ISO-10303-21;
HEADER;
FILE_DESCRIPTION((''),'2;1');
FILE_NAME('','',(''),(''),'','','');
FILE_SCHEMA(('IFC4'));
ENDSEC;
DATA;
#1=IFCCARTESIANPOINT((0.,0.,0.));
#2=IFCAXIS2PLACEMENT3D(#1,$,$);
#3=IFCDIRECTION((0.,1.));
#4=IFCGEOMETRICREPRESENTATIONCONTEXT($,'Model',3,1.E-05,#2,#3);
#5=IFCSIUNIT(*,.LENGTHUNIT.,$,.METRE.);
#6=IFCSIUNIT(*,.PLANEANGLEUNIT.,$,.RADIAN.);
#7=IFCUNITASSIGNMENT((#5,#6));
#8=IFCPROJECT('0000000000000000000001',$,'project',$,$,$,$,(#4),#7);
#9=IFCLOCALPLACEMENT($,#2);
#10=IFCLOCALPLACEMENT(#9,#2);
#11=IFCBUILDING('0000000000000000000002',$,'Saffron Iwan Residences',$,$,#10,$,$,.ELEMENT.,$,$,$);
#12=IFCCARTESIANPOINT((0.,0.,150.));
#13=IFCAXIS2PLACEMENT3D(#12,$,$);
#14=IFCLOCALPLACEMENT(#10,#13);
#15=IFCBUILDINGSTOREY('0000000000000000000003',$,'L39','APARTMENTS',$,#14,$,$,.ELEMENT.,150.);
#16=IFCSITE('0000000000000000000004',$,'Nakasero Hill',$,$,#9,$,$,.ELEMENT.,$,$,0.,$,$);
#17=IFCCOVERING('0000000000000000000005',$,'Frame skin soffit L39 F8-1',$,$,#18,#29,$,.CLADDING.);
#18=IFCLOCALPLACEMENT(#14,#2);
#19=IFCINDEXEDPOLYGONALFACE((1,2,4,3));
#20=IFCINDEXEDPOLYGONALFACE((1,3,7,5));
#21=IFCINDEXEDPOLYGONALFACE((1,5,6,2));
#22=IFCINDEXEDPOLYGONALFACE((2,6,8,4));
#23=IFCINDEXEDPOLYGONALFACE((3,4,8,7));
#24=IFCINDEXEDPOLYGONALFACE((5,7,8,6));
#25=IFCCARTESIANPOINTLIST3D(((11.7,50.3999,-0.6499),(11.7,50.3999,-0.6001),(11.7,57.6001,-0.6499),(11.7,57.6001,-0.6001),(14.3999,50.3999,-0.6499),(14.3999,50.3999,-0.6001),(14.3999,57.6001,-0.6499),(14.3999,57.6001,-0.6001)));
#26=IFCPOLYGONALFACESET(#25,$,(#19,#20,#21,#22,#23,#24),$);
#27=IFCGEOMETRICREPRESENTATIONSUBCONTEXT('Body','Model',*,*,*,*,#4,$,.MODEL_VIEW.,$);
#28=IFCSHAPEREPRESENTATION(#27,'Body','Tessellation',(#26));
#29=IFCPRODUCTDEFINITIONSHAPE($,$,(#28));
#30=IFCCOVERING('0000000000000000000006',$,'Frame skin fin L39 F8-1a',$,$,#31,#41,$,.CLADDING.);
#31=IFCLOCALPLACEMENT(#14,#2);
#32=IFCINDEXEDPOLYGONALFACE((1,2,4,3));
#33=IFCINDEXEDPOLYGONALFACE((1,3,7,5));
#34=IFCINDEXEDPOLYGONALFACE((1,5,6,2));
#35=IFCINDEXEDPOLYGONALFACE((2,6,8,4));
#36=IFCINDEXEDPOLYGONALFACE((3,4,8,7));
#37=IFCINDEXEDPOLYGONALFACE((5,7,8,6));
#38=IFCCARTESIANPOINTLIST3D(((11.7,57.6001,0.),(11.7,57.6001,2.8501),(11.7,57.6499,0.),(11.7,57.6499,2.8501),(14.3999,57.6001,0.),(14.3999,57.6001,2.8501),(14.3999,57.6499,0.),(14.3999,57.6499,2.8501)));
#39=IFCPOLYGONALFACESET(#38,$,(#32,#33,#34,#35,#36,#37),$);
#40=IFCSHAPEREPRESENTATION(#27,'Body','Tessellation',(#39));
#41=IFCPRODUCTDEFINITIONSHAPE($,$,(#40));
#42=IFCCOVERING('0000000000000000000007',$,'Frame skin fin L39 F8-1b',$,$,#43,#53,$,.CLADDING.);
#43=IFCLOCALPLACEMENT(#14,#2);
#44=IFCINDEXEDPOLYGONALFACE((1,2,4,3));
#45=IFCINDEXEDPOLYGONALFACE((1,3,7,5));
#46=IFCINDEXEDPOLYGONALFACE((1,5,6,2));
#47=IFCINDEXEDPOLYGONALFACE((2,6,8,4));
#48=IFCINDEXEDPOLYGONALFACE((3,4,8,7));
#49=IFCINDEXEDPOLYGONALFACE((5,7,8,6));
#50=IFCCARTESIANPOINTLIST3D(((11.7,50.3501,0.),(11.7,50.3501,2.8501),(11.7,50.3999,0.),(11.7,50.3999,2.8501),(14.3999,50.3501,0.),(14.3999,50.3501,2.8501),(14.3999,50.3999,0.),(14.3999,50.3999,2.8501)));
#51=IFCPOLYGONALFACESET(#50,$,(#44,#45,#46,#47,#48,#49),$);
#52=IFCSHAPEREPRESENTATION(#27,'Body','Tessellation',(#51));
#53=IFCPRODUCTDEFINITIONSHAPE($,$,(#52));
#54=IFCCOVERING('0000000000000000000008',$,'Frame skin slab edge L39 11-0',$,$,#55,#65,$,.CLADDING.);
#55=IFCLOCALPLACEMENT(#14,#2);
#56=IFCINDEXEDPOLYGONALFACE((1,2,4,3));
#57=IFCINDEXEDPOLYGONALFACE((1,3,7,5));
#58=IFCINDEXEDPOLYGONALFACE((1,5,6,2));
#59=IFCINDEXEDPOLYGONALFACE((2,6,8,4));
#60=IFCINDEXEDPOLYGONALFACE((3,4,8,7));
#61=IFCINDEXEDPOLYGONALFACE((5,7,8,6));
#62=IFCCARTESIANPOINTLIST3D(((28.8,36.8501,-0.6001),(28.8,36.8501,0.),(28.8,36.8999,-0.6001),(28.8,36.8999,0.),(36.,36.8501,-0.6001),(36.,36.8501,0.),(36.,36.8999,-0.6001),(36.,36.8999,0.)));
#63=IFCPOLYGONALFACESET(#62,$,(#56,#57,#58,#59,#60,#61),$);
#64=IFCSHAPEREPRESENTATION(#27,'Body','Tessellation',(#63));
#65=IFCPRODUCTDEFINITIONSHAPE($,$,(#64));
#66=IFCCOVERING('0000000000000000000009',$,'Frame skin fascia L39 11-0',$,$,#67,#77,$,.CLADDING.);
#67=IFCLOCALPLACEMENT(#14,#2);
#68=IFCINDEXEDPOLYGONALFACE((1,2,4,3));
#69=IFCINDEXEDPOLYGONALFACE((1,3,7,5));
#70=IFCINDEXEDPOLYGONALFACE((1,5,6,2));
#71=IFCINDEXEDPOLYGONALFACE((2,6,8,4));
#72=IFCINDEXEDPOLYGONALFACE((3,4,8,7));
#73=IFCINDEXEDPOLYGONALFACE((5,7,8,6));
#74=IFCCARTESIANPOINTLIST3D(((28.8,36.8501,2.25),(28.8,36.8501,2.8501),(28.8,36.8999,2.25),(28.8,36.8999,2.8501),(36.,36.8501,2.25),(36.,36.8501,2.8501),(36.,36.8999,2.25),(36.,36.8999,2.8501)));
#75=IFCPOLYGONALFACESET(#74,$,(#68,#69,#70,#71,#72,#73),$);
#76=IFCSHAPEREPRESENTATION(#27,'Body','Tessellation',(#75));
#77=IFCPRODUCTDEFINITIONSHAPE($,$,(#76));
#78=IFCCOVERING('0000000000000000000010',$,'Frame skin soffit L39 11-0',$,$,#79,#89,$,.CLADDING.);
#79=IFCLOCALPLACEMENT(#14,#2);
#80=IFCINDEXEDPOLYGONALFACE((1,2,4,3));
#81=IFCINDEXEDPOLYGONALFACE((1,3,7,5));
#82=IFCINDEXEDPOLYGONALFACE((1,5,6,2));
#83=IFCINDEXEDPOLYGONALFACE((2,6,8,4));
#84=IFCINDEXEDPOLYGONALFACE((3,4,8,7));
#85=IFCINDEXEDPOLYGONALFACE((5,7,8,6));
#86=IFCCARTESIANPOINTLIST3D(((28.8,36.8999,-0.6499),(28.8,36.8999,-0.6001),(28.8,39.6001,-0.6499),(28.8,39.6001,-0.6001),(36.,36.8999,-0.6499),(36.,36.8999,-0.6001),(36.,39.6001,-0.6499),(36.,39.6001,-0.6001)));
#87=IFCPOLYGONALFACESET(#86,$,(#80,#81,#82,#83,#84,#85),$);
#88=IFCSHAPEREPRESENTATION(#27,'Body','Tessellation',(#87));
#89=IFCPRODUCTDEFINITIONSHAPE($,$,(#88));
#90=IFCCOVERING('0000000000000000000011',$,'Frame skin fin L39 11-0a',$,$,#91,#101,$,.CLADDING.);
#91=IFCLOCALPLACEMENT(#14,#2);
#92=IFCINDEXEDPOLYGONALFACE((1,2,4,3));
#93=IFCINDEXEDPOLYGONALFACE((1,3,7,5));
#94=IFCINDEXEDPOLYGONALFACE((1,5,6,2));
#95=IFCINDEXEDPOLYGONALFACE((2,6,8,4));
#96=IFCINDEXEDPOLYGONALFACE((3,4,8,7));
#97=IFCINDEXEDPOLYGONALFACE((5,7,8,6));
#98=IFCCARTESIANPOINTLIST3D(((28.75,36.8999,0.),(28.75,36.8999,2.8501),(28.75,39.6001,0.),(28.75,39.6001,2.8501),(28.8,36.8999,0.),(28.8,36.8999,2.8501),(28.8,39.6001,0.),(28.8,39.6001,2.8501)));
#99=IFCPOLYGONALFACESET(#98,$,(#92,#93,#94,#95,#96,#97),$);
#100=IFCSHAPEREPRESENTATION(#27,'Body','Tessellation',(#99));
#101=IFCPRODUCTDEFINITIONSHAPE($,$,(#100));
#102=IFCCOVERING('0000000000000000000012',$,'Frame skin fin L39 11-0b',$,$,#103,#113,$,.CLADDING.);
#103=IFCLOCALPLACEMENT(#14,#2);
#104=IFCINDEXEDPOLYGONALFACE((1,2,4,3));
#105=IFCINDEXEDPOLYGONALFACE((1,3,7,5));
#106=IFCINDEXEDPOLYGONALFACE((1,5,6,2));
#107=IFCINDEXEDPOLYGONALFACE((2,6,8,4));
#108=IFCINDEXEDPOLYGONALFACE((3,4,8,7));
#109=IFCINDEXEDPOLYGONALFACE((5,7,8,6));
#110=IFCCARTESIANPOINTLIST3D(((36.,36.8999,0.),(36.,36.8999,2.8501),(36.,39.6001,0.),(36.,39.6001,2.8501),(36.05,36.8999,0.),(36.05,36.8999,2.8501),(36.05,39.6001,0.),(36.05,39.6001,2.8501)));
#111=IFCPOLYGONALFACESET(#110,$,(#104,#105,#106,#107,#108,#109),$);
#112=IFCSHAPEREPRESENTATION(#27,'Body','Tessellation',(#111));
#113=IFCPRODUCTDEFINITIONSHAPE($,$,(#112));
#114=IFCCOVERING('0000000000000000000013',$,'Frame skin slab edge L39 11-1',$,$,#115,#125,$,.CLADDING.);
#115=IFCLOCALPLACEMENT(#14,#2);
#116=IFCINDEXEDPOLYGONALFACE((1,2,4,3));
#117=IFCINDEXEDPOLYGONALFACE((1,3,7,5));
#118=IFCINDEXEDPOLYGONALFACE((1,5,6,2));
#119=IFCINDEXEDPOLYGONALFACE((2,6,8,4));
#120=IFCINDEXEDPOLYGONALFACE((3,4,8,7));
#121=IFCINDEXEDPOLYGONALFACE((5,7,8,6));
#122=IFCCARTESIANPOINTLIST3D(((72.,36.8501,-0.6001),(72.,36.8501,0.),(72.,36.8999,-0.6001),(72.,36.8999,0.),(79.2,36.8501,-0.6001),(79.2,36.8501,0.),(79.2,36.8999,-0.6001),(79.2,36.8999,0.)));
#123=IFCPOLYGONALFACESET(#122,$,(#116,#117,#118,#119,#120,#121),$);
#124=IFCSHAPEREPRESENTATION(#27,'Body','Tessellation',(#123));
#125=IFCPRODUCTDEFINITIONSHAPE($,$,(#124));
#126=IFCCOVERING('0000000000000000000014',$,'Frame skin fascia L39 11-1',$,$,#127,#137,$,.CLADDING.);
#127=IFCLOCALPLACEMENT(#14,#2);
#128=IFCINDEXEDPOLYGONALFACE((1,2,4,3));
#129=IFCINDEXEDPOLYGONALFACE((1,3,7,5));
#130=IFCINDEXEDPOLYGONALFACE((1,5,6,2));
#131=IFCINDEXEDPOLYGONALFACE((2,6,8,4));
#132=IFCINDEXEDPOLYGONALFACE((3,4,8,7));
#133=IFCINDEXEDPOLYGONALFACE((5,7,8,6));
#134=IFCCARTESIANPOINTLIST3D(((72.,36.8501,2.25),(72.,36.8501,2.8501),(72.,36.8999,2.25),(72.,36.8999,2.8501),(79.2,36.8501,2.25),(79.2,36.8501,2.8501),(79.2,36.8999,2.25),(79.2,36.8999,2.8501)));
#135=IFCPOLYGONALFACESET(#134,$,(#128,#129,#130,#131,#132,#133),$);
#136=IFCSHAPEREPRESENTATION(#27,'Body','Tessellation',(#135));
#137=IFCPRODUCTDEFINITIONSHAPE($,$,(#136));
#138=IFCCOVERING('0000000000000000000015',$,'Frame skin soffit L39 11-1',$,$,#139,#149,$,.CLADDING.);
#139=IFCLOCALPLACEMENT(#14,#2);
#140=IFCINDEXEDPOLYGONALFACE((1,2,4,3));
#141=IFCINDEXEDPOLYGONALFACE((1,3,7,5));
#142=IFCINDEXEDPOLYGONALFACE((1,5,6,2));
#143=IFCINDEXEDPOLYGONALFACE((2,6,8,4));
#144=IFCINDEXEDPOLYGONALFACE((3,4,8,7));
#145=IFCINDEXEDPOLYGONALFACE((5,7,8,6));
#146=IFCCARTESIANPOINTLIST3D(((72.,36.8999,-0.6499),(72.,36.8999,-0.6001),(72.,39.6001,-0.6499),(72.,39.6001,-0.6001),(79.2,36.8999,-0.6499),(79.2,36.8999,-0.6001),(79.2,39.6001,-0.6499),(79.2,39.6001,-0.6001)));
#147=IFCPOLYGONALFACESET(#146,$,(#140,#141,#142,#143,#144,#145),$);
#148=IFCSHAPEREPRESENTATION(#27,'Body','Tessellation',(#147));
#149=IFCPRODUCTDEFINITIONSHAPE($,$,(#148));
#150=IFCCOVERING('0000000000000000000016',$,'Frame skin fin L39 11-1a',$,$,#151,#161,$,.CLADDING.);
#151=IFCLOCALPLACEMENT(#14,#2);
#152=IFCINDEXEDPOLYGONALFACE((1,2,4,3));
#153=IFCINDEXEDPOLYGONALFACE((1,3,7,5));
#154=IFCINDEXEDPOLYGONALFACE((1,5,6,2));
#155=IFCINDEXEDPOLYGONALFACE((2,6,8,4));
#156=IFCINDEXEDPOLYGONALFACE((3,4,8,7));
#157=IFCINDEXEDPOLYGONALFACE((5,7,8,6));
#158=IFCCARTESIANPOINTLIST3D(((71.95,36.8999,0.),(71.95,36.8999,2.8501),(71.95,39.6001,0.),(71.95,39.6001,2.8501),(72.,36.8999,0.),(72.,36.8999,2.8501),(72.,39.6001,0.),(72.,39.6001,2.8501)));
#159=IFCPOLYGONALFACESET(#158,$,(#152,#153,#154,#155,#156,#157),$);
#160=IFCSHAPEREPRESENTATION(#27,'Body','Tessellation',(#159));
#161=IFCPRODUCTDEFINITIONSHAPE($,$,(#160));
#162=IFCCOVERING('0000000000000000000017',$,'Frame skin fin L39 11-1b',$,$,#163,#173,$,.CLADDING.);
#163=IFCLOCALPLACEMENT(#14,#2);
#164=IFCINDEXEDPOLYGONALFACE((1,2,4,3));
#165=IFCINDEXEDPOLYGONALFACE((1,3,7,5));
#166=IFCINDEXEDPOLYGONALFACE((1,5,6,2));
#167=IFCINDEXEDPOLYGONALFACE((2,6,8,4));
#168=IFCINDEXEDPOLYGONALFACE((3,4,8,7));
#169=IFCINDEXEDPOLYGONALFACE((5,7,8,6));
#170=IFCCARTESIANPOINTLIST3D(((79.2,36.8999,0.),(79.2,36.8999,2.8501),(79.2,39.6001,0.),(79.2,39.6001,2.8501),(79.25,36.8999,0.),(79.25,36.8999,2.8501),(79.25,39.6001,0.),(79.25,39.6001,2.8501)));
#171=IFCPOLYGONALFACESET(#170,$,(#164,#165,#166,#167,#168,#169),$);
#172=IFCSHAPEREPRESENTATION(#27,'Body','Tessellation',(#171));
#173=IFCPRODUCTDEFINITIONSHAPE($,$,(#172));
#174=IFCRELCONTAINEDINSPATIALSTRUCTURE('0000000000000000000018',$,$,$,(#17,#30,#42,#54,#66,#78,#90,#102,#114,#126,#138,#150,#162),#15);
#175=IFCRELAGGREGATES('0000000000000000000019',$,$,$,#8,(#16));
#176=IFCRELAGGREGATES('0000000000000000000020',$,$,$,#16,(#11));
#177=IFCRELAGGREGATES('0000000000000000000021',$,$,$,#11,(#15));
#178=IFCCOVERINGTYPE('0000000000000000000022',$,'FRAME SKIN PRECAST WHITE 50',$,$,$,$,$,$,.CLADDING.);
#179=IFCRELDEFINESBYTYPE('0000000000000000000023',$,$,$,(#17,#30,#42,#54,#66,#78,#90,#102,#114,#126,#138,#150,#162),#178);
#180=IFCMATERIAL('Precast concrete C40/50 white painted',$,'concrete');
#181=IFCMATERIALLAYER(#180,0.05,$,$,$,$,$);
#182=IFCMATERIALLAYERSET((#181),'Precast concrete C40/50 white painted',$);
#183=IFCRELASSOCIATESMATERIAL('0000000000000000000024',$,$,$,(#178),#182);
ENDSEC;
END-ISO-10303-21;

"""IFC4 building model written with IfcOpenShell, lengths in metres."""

from ifc_helpers import new_model, si_unit, direction, frame, origin, place, context, subcontext, project, spatial, polyline, outline, extrude, material, layer, layer_set, type_object, element, save


model = new_model("IFC4")

# Units and contexts
model_context = context("Model", 3, precision=1e-05, world=origin(), true_north=direction((0.0, 1.0)))
body_context = subcontext(model_context, "Body", "Model", "MODEL_VIEW")
ifc_project = project(units=[si_unit("LENGTHUNIT", "METRE"), si_unit("PLANEANGLEUNIT", "RADIAN")], contexts=[model_context])

# Site, building, storey
site_placement = place(None, origin())
site = spatial("IfcSite", under=ifc_project, at=site_placement, Name="Nakasero Hill", CompositionType="ELEMENT", RefElevation=0.0)
building_placement = place(site_placement, origin())
building = spatial("IfcBuilding", under=site, at=building_placement, Name="Saffron Iwan Residences", CompositionType="ELEMENT")
storey_placement = place(building_placement, frame((0.0, 0.0, 150.0)))
storey = spatial("IfcBuildingStorey", under=building, at=storey_placement, Name="L39", Description="APARTMENTS", CompositionType="ELEMENT", Elevation=150.0)

# Coverings
ifc_material_1 = material(Name="Precast concrete C40/50 white painted", Category="concrete")
ifc_layer_1 = layer(ifc_material_1, 0.05)
ifc_layer_set_1 = layer_set([ifc_layer_1], Name="Precast concrete C40/50 white painted")
covering_type = type_object("IfcCoveringType", Name="FRAME SKIN PRECAST WHITE 50", PredefinedType="CLADDING", material=ifc_layer_set_1)
covering_1_placement = place(storey_placement, frame((0.0, 0.0, -0.6499)))
element("IfcCovering", 1, at=covering_1_placement, inside=storey, type_object=covering_type, Name="Frame skin soffit L39 F8-1", PredefinedType="CLADDING", context=body_context, shape_type="SweptSolid", body=[
    extrude(outline(polyline([(11.7, 57.6001), (11.7, 50.3999), (14.3999, 50.3999), (14.3999, 57.6001), (11.7, 57.6001)])), origin(), (0.0, 0.0, 1.0), 0.0498),
])
covering_2_placement = place(storey_placement, origin())
element("IfcCovering", 2, at=covering_2_placement, inside=storey, type_object=covering_type, Name="Frame skin fin L39 F8-1a", PredefinedType="CLADDING", context=body_context, shape_type="SweptSolid", body=[
    extrude(outline(polyline([(11.7, 57.6499), (11.7, 57.6001), (14.3999, 57.6001), (14.3999, 57.6499), (11.7, 57.6499)])), origin(), (0.0, 0.0, 1.0), 2.8501),
])
covering_3_placement = place(storey_placement, origin())
element("IfcCovering", 3, at=covering_3_placement, inside=storey, type_object=covering_type, Name="Frame skin fin L39 F8-1b", PredefinedType="CLADDING", context=body_context, shape_type="SweptSolid", body=[
    extrude(outline(polyline([(11.7, 50.3999), (11.7, 50.3501), (14.3999, 50.3501), (14.3999, 50.3999), (11.7, 50.3999)])), origin(), (0.0, 0.0, 1.0), 2.8501),
])
for number, where, name in (
    (4, (0.0, 0.0, -0.6001), "Frame skin slab edge L39 11-0"),
    (5, (0.0, 0.0, 2.25), "Frame skin fascia L39 11-0"),
):
    element("IfcCovering", number, at=place(storey_placement, frame(where)), inside=storey, type_object=covering_type, Name=name, PredefinedType="CLADDING", context=body_context, shape_type="SweptSolid", body=[
        extrude(outline(polyline([(28.8, 36.8501), (36.0, 36.8501), (36.0, 36.8999), (28.8, 36.8999), (28.8, 36.8501)])), origin(), (0.0, 0.0, 1.0), 0.6001),
    ])
covering_4_placement = place(storey_placement, frame((0.0, 0.0, -0.6499)))
element("IfcCovering", 6, at=covering_4_placement, inside=storey, type_object=covering_type, Name="Frame skin soffit L39 11-0", PredefinedType="CLADDING", context=body_context, shape_type="SweptSolid", body=[
    extrude(outline(polyline([(28.8, 36.8999), (36.0, 36.8999), (36.0, 39.6001), (28.8, 39.6001), (28.8, 36.8999)])), origin(), (0.0, 0.0, 1.0), 0.0498),
])
covering_5_placement = place(storey_placement, origin())
element("IfcCovering", 7, at=covering_5_placement, inside=storey, type_object=covering_type, Name="Frame skin fin L39 11-0a", PredefinedType="CLADDING", context=body_context, shape_type="SweptSolid", body=[
    extrude(outline(polyline([(28.75, 36.8999), (28.8, 36.8999), (28.8, 39.6001), (28.75, 39.6001), (28.75, 36.8999)])), origin(), (0.0, 0.0, 1.0), 2.8501),
])
covering_6_placement = place(storey_placement, origin())
element("IfcCovering", 8, at=covering_6_placement, inside=storey, type_object=covering_type, Name="Frame skin fin L39 11-0b", PredefinedType="CLADDING", context=body_context, shape_type="SweptSolid", body=[
    extrude(outline(polyline([(36.0, 36.8999), (36.05, 36.8999), (36.05, 39.6001), (36.0, 39.6001), (36.0, 36.8999)])), origin(), (0.0, 0.0, 1.0), 2.8501),
])
for number, where, name in (
    (9, (0.0, 0.0, -0.6001), "Frame skin slab edge L39 11-1"),
    (10, (0.0, 0.0, 2.25), "Frame skin fascia L39 11-1"),
):
    element("IfcCovering", number, at=place(storey_placement, frame(where)), inside=storey, type_object=covering_type, Name=name, PredefinedType="CLADDING", context=body_context, shape_type="SweptSolid", body=[
        extrude(outline(polyline([(72.0, 36.8501), (79.2, 36.8501), (79.2, 36.8999), (72.0, 36.8999), (72.0, 36.8501)])), origin(), (0.0, 0.0, 1.0), 0.6001),
    ])
covering_7_placement = place(storey_placement, frame((0.0, 0.0, -0.6499)))
element("IfcCovering", 11, at=covering_7_placement, inside=storey, type_object=covering_type, Name="Frame skin soffit L39 11-1", PredefinedType="CLADDING", context=body_context, shape_type="SweptSolid", body=[
    extrude(outline(polyline([(72.0, 36.8999), (79.2, 36.8999), (79.2, 39.6001), (72.0, 39.6001), (72.0, 36.8999)])), origin(), (0.0, 0.0, 1.0), 0.0498),
])
covering_8_placement = place(storey_placement, origin())
element("IfcCovering", 12, at=covering_8_placement, inside=storey, type_object=covering_type, Name="Frame skin fin L39 11-1a", PredefinedType="CLADDING", context=body_context, shape_type="SweptSolid", body=[
    extrude(outline(polyline([(71.95, 36.8999), (72.0, 36.8999), (72.0, 39.6001), (71.95, 39.6001), (71.95, 36.8999)])), origin(), (0.0, 0.0, 1.0), 2.8501),
])
covering_9_placement = place(storey_placement, origin())
element("IfcCovering", 13, at=covering_9_placement, inside=storey, type_object=covering_type, Name="Frame skin fin L39 11-1b", PredefinedType="CLADDING", context=body_context, shape_type="SweptSolid", body=[
    extrude(outline(polyline([(79.2, 36.8999), (79.25, 36.8999), (79.25, 39.6001), (79.2, 39.6001), (79.2, 36.8999)])), origin(), (0.0, 0.0, 1.0), 2.8501),
])

save(model, "model.ifc")
